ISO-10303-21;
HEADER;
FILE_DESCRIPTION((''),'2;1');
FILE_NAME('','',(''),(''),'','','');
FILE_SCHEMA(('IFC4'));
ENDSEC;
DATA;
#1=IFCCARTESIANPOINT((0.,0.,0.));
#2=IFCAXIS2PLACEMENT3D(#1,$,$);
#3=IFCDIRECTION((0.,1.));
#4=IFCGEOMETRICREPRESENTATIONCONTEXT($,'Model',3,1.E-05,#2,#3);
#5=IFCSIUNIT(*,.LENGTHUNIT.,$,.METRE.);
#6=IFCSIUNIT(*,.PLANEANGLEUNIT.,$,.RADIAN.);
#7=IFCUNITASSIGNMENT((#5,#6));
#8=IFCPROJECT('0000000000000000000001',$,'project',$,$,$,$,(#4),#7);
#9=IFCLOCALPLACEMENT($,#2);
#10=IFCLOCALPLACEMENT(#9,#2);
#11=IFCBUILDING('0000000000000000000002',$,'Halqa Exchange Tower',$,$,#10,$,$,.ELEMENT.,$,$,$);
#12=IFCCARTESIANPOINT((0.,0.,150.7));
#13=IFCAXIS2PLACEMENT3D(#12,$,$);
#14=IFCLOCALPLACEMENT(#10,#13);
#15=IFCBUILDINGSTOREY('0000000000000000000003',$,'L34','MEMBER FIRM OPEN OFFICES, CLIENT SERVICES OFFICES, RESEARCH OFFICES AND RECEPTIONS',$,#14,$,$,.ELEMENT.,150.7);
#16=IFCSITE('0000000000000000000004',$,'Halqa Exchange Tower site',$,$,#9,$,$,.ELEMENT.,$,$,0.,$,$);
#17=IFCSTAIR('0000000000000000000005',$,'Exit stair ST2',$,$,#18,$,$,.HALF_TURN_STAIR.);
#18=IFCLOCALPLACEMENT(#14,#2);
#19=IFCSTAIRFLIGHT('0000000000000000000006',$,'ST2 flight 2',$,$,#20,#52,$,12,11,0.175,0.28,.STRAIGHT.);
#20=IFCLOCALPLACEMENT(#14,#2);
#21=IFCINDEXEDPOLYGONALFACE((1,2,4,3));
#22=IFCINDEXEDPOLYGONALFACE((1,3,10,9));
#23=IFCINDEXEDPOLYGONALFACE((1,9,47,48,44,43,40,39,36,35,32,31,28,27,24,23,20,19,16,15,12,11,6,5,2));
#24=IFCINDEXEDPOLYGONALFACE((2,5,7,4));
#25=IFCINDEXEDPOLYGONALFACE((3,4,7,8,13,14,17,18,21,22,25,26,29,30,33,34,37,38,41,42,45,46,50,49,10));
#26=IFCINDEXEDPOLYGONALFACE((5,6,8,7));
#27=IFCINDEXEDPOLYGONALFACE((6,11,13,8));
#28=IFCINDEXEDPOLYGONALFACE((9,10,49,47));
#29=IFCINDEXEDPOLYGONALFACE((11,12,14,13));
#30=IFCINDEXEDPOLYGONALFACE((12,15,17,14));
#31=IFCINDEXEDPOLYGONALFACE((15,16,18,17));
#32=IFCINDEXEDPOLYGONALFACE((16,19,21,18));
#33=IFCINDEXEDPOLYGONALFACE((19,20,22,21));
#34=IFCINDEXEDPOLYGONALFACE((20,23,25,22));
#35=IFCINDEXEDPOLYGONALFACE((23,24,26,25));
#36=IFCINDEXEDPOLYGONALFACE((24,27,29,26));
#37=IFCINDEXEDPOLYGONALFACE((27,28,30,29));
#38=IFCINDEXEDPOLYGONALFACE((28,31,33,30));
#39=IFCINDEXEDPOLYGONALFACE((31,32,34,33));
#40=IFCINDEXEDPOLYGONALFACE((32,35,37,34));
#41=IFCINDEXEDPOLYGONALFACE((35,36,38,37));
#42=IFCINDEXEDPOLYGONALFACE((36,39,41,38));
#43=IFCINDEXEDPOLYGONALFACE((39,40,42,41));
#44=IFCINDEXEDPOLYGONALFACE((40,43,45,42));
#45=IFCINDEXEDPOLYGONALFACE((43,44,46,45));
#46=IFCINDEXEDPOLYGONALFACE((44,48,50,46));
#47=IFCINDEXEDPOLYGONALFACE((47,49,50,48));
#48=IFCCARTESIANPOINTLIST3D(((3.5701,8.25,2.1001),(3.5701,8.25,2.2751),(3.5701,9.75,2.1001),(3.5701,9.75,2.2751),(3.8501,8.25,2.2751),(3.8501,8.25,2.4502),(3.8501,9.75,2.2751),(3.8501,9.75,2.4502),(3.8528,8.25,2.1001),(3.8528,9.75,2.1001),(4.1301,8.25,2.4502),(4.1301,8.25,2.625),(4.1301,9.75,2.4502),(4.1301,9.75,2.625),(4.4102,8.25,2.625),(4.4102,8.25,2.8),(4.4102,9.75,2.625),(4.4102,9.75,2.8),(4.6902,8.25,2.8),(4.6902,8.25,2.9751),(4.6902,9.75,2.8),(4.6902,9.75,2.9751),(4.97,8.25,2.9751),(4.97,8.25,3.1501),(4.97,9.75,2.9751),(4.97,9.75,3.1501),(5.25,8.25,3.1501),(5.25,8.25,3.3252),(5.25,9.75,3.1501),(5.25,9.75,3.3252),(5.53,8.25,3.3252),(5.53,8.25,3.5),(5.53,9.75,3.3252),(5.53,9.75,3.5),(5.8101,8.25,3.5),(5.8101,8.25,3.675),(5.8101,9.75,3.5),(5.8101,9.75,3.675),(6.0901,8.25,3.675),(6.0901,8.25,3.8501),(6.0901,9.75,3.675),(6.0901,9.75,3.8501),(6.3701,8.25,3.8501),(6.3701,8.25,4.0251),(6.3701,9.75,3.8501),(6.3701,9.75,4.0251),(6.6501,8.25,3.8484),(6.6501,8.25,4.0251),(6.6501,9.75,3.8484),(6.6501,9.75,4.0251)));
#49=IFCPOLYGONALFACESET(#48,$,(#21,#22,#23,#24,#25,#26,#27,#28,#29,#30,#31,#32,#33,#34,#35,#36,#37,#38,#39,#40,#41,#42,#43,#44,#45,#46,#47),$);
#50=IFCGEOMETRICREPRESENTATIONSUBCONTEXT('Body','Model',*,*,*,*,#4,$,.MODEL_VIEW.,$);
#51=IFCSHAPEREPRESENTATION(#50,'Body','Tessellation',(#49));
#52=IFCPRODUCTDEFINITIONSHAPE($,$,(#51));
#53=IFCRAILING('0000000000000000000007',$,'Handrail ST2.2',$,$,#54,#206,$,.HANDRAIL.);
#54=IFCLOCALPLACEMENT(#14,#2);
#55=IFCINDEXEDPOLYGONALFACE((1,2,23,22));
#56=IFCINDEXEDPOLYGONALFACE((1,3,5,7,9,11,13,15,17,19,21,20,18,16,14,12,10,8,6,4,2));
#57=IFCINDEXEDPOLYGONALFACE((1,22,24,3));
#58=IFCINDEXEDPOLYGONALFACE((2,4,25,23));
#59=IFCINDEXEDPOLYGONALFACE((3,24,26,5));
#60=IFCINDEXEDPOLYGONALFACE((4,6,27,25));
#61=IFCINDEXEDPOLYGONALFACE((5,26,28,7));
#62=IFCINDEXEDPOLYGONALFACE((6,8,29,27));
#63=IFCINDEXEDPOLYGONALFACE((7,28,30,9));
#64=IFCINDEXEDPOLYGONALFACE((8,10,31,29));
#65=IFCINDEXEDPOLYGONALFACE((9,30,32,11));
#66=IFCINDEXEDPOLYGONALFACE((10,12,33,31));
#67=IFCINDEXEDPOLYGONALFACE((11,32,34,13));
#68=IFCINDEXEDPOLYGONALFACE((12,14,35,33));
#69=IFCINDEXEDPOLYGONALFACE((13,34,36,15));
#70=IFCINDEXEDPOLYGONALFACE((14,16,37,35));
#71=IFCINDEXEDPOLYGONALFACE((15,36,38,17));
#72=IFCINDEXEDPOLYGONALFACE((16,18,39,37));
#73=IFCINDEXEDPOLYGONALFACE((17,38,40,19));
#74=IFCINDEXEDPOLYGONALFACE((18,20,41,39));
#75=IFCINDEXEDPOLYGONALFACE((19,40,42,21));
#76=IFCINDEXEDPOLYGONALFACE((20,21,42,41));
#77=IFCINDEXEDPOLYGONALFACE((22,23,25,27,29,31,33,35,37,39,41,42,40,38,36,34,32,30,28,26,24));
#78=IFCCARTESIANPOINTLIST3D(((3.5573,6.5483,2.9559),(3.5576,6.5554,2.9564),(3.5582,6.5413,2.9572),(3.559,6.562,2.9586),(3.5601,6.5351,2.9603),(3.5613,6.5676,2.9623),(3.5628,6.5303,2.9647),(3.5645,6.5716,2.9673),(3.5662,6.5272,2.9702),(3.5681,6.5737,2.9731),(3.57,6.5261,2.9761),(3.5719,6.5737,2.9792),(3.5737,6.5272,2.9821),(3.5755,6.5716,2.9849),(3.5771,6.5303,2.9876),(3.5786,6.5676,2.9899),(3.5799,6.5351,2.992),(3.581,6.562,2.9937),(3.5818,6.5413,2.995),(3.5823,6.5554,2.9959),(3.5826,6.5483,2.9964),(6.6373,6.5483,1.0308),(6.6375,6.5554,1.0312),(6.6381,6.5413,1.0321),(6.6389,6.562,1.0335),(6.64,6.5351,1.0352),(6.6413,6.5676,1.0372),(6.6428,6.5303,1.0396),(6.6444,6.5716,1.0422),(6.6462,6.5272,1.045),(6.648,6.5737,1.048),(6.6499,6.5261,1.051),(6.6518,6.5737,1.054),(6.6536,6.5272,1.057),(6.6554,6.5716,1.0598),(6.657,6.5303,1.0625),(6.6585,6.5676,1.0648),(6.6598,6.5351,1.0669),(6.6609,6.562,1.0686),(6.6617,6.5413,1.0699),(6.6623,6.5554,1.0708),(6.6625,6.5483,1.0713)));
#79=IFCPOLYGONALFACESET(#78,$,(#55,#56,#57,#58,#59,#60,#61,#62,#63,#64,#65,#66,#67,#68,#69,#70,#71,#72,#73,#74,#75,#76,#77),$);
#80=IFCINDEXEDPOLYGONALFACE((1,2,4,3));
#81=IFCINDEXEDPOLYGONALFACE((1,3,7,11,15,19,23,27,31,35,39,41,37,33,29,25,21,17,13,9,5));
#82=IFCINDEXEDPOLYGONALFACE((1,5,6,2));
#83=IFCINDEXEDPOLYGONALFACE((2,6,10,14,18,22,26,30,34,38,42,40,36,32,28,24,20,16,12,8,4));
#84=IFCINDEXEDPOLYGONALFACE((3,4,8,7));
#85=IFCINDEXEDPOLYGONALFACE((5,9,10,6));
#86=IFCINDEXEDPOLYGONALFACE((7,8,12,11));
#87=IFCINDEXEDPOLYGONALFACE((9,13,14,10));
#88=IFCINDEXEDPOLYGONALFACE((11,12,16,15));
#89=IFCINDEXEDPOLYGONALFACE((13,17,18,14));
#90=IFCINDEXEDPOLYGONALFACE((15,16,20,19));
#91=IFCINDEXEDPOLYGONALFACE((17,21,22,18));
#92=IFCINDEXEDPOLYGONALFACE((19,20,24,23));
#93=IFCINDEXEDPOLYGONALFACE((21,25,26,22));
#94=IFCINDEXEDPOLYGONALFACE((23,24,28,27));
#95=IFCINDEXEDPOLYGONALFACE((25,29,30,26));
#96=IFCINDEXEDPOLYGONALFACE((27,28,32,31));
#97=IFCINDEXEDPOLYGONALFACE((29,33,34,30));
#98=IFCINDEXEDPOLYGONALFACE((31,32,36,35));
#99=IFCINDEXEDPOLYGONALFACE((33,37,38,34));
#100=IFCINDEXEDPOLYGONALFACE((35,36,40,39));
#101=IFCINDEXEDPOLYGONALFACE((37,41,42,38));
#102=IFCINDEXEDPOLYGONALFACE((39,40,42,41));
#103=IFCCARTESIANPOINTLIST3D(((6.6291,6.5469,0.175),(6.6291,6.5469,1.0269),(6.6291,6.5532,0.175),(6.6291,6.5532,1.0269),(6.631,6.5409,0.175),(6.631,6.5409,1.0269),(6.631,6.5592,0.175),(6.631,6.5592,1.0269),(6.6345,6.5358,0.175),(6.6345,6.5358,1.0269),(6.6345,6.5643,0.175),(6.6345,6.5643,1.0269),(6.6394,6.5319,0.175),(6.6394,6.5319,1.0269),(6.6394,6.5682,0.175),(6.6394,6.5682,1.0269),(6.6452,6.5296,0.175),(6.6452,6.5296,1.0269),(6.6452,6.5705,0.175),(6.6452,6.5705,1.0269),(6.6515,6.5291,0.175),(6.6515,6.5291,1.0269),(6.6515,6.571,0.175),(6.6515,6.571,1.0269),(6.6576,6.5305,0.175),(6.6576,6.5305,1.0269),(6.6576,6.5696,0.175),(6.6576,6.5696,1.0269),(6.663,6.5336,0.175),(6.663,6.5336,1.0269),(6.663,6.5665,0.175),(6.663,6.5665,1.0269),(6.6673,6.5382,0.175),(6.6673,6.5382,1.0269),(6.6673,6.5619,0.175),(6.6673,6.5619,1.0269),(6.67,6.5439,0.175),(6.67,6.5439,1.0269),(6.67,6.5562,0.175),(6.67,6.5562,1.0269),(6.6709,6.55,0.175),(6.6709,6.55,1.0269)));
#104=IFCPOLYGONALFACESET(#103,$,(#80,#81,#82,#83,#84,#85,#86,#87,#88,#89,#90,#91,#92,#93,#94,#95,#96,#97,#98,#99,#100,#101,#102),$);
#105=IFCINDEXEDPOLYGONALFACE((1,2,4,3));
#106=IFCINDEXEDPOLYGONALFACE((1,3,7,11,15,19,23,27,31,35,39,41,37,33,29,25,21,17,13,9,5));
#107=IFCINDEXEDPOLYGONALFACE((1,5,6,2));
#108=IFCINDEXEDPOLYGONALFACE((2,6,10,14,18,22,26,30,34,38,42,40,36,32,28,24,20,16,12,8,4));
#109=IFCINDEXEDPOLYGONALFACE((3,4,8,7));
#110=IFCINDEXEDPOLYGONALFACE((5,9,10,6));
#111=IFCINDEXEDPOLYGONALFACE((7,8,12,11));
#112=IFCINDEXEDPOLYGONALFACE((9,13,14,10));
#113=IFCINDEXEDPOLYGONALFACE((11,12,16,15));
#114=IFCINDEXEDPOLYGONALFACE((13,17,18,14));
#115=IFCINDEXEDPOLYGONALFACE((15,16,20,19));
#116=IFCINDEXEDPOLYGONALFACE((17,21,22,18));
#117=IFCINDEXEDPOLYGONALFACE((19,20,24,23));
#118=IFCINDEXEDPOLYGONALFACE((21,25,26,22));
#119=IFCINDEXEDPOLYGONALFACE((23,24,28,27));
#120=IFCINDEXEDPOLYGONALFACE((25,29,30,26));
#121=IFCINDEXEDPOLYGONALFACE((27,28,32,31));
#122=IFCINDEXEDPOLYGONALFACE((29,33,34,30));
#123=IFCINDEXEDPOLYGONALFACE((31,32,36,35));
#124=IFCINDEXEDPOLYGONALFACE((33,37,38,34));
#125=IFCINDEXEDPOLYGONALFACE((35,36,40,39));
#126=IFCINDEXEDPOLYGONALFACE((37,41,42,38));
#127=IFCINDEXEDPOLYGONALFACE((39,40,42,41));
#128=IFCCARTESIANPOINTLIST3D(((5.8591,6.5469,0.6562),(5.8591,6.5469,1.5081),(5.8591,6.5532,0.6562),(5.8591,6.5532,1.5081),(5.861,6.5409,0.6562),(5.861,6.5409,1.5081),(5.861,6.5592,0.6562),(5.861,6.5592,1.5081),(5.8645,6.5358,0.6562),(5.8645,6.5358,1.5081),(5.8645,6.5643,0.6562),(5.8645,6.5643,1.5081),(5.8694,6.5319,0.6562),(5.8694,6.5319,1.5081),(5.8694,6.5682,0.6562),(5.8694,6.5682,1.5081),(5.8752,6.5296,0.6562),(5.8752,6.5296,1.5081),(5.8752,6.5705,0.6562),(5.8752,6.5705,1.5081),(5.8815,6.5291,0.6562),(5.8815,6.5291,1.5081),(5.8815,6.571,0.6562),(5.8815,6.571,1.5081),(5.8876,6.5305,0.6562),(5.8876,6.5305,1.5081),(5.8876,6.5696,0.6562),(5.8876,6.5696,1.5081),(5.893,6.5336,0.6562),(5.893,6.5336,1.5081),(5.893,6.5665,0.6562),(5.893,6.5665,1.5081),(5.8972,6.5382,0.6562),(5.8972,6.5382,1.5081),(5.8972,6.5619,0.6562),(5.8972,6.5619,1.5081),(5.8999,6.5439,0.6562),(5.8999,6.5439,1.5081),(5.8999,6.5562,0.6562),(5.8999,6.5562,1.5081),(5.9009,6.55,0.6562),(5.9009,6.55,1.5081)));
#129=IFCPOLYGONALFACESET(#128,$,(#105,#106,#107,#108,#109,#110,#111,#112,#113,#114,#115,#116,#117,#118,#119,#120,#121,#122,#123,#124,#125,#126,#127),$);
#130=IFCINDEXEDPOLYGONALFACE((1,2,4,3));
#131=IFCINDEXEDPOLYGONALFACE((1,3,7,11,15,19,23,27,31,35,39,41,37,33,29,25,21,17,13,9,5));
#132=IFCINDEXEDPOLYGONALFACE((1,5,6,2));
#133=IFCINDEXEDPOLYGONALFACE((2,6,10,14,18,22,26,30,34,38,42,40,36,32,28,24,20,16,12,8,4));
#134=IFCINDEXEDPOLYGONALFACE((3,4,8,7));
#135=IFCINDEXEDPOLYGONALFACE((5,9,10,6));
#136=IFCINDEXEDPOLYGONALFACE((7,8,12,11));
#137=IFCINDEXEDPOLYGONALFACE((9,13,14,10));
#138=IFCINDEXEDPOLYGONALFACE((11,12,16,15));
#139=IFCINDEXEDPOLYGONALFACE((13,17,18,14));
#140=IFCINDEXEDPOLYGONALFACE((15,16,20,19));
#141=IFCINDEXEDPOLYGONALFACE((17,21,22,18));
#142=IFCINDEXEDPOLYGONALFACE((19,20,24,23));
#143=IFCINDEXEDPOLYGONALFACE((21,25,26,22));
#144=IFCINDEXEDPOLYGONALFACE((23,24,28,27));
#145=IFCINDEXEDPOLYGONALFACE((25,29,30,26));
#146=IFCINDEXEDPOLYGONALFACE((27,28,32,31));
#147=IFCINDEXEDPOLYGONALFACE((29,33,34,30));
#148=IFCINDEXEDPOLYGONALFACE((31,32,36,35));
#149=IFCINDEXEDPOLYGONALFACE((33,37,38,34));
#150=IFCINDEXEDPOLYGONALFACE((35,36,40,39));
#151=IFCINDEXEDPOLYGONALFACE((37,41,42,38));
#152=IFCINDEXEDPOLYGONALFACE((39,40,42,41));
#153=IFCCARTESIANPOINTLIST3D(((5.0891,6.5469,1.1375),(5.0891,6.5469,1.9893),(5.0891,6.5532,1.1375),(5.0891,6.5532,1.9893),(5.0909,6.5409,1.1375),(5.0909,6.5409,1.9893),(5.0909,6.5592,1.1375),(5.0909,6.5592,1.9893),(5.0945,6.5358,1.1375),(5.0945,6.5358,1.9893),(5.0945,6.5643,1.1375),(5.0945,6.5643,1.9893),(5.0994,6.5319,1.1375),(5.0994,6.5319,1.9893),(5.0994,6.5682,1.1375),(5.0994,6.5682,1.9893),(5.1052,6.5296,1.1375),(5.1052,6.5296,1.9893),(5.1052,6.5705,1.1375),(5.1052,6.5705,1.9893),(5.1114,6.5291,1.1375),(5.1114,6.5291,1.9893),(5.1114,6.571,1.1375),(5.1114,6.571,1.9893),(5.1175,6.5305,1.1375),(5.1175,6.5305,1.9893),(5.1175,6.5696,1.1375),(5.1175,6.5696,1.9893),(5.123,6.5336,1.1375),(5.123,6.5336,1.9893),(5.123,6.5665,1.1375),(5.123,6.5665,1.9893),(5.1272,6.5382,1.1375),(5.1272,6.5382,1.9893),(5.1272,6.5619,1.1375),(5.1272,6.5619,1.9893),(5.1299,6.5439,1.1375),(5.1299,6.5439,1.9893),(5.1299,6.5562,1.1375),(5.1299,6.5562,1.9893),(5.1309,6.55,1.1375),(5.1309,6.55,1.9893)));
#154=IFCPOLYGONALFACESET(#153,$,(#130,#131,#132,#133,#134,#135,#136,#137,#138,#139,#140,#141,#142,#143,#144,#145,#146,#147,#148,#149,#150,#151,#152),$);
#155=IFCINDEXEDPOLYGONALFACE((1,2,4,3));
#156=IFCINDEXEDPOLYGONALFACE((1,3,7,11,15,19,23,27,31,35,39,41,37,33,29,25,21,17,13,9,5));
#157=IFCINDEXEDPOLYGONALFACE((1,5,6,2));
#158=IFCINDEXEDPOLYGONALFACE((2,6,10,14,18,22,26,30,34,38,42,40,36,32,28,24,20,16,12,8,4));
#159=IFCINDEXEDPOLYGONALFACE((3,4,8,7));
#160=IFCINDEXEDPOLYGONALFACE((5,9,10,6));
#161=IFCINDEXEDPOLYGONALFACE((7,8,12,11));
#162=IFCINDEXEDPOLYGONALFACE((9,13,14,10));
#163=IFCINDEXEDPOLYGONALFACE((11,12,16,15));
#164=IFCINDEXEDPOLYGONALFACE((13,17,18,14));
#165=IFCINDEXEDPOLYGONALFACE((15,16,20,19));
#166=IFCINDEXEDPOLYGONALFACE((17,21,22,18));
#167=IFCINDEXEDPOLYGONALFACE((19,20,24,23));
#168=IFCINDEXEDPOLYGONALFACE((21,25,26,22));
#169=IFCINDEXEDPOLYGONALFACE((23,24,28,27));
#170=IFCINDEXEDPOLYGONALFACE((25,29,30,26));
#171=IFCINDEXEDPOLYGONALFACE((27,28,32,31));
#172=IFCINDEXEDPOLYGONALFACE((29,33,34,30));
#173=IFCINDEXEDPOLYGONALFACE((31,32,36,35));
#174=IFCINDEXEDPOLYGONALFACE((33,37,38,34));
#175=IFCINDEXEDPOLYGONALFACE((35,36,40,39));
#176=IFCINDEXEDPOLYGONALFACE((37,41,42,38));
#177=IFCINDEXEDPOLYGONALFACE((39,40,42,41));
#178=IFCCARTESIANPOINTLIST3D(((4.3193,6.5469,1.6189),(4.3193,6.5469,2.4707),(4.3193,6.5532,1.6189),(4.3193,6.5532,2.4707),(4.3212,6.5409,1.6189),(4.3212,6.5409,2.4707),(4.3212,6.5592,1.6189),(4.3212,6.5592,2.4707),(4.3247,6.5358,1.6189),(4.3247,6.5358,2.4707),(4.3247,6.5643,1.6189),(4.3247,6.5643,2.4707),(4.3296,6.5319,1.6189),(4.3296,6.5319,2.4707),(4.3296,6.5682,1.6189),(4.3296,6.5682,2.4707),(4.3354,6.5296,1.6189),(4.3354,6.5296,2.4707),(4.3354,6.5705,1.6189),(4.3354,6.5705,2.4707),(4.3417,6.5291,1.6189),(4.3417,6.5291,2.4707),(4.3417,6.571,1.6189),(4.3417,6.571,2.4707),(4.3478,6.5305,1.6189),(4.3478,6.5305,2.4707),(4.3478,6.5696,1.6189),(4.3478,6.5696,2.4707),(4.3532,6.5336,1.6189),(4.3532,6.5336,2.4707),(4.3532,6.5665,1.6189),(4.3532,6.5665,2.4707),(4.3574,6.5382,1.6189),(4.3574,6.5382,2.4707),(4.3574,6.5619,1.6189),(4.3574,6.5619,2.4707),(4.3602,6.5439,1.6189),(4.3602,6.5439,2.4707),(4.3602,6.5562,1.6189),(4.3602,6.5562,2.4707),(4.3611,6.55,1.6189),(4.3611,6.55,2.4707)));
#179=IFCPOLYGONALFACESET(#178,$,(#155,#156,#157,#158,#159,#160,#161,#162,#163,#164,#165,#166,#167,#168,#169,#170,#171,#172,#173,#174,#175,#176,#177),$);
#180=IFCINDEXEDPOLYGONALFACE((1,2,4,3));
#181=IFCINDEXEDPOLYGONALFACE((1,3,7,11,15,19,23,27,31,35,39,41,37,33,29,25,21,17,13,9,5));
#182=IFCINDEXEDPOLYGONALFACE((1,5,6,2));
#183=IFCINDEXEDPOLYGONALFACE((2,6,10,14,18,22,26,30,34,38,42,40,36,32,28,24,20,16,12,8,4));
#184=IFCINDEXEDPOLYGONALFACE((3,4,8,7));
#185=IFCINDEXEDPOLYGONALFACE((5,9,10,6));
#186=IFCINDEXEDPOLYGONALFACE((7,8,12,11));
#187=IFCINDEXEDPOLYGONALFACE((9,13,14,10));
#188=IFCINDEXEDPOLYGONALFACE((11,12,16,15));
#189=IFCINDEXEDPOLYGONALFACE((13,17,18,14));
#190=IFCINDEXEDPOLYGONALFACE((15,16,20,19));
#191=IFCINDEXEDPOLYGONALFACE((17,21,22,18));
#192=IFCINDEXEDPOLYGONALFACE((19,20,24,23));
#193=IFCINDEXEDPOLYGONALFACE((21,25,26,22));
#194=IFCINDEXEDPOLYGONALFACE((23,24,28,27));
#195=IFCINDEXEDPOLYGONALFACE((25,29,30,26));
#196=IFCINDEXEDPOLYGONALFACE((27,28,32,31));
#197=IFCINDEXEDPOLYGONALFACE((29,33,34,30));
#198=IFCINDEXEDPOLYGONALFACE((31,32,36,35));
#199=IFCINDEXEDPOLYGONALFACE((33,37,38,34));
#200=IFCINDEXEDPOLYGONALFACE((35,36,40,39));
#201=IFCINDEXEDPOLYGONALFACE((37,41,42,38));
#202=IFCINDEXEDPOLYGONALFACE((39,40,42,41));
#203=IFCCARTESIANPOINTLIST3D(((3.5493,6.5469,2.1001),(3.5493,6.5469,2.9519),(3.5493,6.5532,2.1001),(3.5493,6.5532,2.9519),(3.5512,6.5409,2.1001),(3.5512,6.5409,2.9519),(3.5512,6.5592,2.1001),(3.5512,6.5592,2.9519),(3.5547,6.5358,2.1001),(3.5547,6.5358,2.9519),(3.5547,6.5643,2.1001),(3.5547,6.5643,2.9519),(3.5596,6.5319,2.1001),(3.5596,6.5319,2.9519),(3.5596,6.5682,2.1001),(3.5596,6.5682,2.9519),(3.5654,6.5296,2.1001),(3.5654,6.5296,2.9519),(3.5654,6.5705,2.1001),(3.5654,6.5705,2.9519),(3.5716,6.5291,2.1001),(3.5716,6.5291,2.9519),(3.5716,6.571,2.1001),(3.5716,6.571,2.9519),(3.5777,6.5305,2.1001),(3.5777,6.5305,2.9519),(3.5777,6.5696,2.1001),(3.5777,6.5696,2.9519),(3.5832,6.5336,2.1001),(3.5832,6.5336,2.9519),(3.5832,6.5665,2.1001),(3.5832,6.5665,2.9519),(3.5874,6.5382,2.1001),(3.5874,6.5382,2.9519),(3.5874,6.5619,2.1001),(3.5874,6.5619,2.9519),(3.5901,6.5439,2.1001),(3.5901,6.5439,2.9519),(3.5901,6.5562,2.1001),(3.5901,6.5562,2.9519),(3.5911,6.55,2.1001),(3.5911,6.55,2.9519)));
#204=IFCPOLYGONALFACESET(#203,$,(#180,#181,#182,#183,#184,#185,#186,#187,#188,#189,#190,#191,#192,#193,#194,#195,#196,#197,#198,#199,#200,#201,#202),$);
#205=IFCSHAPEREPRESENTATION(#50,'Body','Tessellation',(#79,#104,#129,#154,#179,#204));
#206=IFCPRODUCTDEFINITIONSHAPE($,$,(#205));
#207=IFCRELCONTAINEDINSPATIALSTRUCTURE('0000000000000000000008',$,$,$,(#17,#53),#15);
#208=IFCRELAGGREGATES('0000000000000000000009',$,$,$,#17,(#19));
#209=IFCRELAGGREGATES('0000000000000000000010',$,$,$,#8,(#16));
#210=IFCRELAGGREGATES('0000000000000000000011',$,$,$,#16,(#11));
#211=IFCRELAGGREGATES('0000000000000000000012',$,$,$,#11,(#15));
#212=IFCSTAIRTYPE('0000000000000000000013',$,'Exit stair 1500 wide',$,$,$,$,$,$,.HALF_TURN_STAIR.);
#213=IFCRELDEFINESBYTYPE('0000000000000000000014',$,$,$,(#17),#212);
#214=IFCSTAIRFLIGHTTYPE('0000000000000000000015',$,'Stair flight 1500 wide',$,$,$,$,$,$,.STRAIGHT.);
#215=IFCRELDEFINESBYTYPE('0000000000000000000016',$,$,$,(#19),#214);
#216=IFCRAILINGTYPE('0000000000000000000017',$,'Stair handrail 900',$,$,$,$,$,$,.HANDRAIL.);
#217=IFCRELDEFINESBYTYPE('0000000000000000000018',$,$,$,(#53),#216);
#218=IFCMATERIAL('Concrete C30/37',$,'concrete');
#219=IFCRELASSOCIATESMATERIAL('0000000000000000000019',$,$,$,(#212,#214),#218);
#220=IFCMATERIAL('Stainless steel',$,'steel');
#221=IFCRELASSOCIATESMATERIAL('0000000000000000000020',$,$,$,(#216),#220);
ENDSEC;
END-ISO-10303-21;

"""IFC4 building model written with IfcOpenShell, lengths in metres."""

from ifc_helpers import new_model, si_unit, direction, frame, origin, origin_2d, place, context, subcontext, project, spatial, polyline, circle, outline, extrude, material, type_object, element, aggregate, save


model = new_model("IFC4")

# Units and contexts
model_context = context("Model", 3, precision=1e-05, world=origin(), true_north=direction((0.0, 1.0)))
body_context = subcontext(model_context, "Body", "Model", "MODEL_VIEW")
ifc_project = project(units=[si_unit("LENGTHUNIT", "METRE"), si_unit("PLANEANGLEUNIT", "RADIAN")], contexts=[model_context])

# Site, building, storey
site_placement = place(None, origin())
site = spatial("IfcSite", under=ifc_project, at=site_placement, Name="Halqa Exchange Tower site", CompositionType="ELEMENT", RefElevation=0.0)
building_placement = place(site_placement, origin())
building = spatial("IfcBuilding", under=site, at=building_placement, Name="Halqa Exchange Tower", CompositionType="ELEMENT")
storey_placement = place(building_placement, frame((0.0, 0.0, 150.7)))
storey = spatial("IfcBuildingStorey", under=building, at=storey_placement, Name="L34", Description="MEMBER FIRM OPEN OFFICES, CLIENT SERVICES OFFICES, RESEARCH OFFICES AND RECEPTIONS", CompositionType="ELEMENT", Elevation=150.7)

# Stair
ifc_material_1 = material(Name="Concrete C30/37", Category="concrete")
stair_type = type_object("IfcStairType", Name="Exit stair 1500 wide", PredefinedType="HALF_TURN_STAIR", material=ifc_material_1)
stair_1_placement = place(storey_placement, origin())
stair_1 = element("IfcStair", 1, at=stair_1_placement, inside=storey, type_object=stair_type, Name="Exit stair ST2", PredefinedType="HALF_TURN_STAIR")

# Stair flight
stair_flight_type = type_object("IfcStairFlightType", Name="Stair flight 1500 wide", PredefinedType="STRAIGHT", material=ifc_material_1)
stair_flight_1_placement = place(storey_placement, frame((3.5701, 9.0, 2.1001), z_axis=(0.0, 0.0, 1.0), x_axis=(1.0, 0.0, 0.0)))
stair_flight_1 = element("IfcStairFlight", 2, at=stair_flight_1_placement, type_object=stair_flight_type, Name="ST2 flight 2", NumberOfRisers=12, NumberOfTreads=11, PredefinedType="STRAIGHT", RiserHeight=0.175, TreadLength=0.28, context=body_context, shape_type="SweptSolid", body=[
    extrude(outline(polyline([(0.0, 0.0), (0.0, 0.175), (0.28, 0.175), (0.28, 0.3501), (0.5601, 0.3501), (0.5601, 0.5249), (0.8401, 0.5249), (0.8401, 0.7), (1.1201, 0.7), (1.1201, 0.875), (1.3999, 0.875), (1.3999, 1.05), (1.6799, 1.05), (1.6799, 1.2251), (1.96, 1.2251), (1.96, 1.3999), (2.24, 1.3999), (2.24, 1.575), (2.52, 1.575), (2.52, 1.75), (2.8, 1.75), (2.8, 1.925), (3.0801, 1.925), (3.0801, 2.1001), (3.0801, 1.7483), (0.2827, 0.0), (0.0, 0.0)])), frame((0.0, 0.75, 0.0), z_axis=(0.0, -1.0, 0.0), x_axis=(1.0, 0.0, 0.0)), (0.0, 0.0, 1.0), 1.5),
])
aggregate(stair_1, [stair_flight_1])

# Railing
ifc_material_2 = material(Name="Stainless steel", Category="steel")
railing_type_1 = type_object("IfcRailingType", Name="Stair handrail 900", PredefinedType="HANDRAIL", material=ifc_material_2)
railing_1_placement = place(storey_placement, frame((6.6499, 6.55, 0.175)))
element("IfcRailing", 3, at=railing_1_placement, inside=storey, type_object=railing_type_1, Name="Handrail ST2.2", PredefinedType="HANDRAIL", context=body_context, shape_type="SweptSolid", body=[
    extrude(circle(Radius=0.0239, at=origin_2d()), frame((0.0, 0.0, 0.876), z_axis=(-0.847979, 0.0, 0.530029), x_axis=(0.0, -1.0, 0.0)), (0.0, 0.0, 1.0), 3.6321),
    extrude(circle(Radius=0.021, at=origin_2d()), origin(), (0.0, 0.0, 1.0), 0.8518),
    extrude(circle(Radius=0.021, at=origin_2d()), frame((-0.77, 0.0, 0.4812)), (0.0, 0.0, 1.0), 0.8518),
    extrude(circle(Radius=0.021, at=origin_2d()), frame((-1.54, 0.0, 0.9624)), (0.0, 0.0, 1.0), 0.8518),
    extrude(circle(Radius=0.021, at=origin_2d()), frame((-2.3098, 0.0, 1.4438)), (0.0, 0.0, 1.0), 0.8518),
    extrude(circle(Radius=0.021, at=origin_2d()), frame((-3.0798, 0.0, 1.925)), (0.0, 0.0, 1.0), 0.8518),
])

save(model, "model.ifc")
